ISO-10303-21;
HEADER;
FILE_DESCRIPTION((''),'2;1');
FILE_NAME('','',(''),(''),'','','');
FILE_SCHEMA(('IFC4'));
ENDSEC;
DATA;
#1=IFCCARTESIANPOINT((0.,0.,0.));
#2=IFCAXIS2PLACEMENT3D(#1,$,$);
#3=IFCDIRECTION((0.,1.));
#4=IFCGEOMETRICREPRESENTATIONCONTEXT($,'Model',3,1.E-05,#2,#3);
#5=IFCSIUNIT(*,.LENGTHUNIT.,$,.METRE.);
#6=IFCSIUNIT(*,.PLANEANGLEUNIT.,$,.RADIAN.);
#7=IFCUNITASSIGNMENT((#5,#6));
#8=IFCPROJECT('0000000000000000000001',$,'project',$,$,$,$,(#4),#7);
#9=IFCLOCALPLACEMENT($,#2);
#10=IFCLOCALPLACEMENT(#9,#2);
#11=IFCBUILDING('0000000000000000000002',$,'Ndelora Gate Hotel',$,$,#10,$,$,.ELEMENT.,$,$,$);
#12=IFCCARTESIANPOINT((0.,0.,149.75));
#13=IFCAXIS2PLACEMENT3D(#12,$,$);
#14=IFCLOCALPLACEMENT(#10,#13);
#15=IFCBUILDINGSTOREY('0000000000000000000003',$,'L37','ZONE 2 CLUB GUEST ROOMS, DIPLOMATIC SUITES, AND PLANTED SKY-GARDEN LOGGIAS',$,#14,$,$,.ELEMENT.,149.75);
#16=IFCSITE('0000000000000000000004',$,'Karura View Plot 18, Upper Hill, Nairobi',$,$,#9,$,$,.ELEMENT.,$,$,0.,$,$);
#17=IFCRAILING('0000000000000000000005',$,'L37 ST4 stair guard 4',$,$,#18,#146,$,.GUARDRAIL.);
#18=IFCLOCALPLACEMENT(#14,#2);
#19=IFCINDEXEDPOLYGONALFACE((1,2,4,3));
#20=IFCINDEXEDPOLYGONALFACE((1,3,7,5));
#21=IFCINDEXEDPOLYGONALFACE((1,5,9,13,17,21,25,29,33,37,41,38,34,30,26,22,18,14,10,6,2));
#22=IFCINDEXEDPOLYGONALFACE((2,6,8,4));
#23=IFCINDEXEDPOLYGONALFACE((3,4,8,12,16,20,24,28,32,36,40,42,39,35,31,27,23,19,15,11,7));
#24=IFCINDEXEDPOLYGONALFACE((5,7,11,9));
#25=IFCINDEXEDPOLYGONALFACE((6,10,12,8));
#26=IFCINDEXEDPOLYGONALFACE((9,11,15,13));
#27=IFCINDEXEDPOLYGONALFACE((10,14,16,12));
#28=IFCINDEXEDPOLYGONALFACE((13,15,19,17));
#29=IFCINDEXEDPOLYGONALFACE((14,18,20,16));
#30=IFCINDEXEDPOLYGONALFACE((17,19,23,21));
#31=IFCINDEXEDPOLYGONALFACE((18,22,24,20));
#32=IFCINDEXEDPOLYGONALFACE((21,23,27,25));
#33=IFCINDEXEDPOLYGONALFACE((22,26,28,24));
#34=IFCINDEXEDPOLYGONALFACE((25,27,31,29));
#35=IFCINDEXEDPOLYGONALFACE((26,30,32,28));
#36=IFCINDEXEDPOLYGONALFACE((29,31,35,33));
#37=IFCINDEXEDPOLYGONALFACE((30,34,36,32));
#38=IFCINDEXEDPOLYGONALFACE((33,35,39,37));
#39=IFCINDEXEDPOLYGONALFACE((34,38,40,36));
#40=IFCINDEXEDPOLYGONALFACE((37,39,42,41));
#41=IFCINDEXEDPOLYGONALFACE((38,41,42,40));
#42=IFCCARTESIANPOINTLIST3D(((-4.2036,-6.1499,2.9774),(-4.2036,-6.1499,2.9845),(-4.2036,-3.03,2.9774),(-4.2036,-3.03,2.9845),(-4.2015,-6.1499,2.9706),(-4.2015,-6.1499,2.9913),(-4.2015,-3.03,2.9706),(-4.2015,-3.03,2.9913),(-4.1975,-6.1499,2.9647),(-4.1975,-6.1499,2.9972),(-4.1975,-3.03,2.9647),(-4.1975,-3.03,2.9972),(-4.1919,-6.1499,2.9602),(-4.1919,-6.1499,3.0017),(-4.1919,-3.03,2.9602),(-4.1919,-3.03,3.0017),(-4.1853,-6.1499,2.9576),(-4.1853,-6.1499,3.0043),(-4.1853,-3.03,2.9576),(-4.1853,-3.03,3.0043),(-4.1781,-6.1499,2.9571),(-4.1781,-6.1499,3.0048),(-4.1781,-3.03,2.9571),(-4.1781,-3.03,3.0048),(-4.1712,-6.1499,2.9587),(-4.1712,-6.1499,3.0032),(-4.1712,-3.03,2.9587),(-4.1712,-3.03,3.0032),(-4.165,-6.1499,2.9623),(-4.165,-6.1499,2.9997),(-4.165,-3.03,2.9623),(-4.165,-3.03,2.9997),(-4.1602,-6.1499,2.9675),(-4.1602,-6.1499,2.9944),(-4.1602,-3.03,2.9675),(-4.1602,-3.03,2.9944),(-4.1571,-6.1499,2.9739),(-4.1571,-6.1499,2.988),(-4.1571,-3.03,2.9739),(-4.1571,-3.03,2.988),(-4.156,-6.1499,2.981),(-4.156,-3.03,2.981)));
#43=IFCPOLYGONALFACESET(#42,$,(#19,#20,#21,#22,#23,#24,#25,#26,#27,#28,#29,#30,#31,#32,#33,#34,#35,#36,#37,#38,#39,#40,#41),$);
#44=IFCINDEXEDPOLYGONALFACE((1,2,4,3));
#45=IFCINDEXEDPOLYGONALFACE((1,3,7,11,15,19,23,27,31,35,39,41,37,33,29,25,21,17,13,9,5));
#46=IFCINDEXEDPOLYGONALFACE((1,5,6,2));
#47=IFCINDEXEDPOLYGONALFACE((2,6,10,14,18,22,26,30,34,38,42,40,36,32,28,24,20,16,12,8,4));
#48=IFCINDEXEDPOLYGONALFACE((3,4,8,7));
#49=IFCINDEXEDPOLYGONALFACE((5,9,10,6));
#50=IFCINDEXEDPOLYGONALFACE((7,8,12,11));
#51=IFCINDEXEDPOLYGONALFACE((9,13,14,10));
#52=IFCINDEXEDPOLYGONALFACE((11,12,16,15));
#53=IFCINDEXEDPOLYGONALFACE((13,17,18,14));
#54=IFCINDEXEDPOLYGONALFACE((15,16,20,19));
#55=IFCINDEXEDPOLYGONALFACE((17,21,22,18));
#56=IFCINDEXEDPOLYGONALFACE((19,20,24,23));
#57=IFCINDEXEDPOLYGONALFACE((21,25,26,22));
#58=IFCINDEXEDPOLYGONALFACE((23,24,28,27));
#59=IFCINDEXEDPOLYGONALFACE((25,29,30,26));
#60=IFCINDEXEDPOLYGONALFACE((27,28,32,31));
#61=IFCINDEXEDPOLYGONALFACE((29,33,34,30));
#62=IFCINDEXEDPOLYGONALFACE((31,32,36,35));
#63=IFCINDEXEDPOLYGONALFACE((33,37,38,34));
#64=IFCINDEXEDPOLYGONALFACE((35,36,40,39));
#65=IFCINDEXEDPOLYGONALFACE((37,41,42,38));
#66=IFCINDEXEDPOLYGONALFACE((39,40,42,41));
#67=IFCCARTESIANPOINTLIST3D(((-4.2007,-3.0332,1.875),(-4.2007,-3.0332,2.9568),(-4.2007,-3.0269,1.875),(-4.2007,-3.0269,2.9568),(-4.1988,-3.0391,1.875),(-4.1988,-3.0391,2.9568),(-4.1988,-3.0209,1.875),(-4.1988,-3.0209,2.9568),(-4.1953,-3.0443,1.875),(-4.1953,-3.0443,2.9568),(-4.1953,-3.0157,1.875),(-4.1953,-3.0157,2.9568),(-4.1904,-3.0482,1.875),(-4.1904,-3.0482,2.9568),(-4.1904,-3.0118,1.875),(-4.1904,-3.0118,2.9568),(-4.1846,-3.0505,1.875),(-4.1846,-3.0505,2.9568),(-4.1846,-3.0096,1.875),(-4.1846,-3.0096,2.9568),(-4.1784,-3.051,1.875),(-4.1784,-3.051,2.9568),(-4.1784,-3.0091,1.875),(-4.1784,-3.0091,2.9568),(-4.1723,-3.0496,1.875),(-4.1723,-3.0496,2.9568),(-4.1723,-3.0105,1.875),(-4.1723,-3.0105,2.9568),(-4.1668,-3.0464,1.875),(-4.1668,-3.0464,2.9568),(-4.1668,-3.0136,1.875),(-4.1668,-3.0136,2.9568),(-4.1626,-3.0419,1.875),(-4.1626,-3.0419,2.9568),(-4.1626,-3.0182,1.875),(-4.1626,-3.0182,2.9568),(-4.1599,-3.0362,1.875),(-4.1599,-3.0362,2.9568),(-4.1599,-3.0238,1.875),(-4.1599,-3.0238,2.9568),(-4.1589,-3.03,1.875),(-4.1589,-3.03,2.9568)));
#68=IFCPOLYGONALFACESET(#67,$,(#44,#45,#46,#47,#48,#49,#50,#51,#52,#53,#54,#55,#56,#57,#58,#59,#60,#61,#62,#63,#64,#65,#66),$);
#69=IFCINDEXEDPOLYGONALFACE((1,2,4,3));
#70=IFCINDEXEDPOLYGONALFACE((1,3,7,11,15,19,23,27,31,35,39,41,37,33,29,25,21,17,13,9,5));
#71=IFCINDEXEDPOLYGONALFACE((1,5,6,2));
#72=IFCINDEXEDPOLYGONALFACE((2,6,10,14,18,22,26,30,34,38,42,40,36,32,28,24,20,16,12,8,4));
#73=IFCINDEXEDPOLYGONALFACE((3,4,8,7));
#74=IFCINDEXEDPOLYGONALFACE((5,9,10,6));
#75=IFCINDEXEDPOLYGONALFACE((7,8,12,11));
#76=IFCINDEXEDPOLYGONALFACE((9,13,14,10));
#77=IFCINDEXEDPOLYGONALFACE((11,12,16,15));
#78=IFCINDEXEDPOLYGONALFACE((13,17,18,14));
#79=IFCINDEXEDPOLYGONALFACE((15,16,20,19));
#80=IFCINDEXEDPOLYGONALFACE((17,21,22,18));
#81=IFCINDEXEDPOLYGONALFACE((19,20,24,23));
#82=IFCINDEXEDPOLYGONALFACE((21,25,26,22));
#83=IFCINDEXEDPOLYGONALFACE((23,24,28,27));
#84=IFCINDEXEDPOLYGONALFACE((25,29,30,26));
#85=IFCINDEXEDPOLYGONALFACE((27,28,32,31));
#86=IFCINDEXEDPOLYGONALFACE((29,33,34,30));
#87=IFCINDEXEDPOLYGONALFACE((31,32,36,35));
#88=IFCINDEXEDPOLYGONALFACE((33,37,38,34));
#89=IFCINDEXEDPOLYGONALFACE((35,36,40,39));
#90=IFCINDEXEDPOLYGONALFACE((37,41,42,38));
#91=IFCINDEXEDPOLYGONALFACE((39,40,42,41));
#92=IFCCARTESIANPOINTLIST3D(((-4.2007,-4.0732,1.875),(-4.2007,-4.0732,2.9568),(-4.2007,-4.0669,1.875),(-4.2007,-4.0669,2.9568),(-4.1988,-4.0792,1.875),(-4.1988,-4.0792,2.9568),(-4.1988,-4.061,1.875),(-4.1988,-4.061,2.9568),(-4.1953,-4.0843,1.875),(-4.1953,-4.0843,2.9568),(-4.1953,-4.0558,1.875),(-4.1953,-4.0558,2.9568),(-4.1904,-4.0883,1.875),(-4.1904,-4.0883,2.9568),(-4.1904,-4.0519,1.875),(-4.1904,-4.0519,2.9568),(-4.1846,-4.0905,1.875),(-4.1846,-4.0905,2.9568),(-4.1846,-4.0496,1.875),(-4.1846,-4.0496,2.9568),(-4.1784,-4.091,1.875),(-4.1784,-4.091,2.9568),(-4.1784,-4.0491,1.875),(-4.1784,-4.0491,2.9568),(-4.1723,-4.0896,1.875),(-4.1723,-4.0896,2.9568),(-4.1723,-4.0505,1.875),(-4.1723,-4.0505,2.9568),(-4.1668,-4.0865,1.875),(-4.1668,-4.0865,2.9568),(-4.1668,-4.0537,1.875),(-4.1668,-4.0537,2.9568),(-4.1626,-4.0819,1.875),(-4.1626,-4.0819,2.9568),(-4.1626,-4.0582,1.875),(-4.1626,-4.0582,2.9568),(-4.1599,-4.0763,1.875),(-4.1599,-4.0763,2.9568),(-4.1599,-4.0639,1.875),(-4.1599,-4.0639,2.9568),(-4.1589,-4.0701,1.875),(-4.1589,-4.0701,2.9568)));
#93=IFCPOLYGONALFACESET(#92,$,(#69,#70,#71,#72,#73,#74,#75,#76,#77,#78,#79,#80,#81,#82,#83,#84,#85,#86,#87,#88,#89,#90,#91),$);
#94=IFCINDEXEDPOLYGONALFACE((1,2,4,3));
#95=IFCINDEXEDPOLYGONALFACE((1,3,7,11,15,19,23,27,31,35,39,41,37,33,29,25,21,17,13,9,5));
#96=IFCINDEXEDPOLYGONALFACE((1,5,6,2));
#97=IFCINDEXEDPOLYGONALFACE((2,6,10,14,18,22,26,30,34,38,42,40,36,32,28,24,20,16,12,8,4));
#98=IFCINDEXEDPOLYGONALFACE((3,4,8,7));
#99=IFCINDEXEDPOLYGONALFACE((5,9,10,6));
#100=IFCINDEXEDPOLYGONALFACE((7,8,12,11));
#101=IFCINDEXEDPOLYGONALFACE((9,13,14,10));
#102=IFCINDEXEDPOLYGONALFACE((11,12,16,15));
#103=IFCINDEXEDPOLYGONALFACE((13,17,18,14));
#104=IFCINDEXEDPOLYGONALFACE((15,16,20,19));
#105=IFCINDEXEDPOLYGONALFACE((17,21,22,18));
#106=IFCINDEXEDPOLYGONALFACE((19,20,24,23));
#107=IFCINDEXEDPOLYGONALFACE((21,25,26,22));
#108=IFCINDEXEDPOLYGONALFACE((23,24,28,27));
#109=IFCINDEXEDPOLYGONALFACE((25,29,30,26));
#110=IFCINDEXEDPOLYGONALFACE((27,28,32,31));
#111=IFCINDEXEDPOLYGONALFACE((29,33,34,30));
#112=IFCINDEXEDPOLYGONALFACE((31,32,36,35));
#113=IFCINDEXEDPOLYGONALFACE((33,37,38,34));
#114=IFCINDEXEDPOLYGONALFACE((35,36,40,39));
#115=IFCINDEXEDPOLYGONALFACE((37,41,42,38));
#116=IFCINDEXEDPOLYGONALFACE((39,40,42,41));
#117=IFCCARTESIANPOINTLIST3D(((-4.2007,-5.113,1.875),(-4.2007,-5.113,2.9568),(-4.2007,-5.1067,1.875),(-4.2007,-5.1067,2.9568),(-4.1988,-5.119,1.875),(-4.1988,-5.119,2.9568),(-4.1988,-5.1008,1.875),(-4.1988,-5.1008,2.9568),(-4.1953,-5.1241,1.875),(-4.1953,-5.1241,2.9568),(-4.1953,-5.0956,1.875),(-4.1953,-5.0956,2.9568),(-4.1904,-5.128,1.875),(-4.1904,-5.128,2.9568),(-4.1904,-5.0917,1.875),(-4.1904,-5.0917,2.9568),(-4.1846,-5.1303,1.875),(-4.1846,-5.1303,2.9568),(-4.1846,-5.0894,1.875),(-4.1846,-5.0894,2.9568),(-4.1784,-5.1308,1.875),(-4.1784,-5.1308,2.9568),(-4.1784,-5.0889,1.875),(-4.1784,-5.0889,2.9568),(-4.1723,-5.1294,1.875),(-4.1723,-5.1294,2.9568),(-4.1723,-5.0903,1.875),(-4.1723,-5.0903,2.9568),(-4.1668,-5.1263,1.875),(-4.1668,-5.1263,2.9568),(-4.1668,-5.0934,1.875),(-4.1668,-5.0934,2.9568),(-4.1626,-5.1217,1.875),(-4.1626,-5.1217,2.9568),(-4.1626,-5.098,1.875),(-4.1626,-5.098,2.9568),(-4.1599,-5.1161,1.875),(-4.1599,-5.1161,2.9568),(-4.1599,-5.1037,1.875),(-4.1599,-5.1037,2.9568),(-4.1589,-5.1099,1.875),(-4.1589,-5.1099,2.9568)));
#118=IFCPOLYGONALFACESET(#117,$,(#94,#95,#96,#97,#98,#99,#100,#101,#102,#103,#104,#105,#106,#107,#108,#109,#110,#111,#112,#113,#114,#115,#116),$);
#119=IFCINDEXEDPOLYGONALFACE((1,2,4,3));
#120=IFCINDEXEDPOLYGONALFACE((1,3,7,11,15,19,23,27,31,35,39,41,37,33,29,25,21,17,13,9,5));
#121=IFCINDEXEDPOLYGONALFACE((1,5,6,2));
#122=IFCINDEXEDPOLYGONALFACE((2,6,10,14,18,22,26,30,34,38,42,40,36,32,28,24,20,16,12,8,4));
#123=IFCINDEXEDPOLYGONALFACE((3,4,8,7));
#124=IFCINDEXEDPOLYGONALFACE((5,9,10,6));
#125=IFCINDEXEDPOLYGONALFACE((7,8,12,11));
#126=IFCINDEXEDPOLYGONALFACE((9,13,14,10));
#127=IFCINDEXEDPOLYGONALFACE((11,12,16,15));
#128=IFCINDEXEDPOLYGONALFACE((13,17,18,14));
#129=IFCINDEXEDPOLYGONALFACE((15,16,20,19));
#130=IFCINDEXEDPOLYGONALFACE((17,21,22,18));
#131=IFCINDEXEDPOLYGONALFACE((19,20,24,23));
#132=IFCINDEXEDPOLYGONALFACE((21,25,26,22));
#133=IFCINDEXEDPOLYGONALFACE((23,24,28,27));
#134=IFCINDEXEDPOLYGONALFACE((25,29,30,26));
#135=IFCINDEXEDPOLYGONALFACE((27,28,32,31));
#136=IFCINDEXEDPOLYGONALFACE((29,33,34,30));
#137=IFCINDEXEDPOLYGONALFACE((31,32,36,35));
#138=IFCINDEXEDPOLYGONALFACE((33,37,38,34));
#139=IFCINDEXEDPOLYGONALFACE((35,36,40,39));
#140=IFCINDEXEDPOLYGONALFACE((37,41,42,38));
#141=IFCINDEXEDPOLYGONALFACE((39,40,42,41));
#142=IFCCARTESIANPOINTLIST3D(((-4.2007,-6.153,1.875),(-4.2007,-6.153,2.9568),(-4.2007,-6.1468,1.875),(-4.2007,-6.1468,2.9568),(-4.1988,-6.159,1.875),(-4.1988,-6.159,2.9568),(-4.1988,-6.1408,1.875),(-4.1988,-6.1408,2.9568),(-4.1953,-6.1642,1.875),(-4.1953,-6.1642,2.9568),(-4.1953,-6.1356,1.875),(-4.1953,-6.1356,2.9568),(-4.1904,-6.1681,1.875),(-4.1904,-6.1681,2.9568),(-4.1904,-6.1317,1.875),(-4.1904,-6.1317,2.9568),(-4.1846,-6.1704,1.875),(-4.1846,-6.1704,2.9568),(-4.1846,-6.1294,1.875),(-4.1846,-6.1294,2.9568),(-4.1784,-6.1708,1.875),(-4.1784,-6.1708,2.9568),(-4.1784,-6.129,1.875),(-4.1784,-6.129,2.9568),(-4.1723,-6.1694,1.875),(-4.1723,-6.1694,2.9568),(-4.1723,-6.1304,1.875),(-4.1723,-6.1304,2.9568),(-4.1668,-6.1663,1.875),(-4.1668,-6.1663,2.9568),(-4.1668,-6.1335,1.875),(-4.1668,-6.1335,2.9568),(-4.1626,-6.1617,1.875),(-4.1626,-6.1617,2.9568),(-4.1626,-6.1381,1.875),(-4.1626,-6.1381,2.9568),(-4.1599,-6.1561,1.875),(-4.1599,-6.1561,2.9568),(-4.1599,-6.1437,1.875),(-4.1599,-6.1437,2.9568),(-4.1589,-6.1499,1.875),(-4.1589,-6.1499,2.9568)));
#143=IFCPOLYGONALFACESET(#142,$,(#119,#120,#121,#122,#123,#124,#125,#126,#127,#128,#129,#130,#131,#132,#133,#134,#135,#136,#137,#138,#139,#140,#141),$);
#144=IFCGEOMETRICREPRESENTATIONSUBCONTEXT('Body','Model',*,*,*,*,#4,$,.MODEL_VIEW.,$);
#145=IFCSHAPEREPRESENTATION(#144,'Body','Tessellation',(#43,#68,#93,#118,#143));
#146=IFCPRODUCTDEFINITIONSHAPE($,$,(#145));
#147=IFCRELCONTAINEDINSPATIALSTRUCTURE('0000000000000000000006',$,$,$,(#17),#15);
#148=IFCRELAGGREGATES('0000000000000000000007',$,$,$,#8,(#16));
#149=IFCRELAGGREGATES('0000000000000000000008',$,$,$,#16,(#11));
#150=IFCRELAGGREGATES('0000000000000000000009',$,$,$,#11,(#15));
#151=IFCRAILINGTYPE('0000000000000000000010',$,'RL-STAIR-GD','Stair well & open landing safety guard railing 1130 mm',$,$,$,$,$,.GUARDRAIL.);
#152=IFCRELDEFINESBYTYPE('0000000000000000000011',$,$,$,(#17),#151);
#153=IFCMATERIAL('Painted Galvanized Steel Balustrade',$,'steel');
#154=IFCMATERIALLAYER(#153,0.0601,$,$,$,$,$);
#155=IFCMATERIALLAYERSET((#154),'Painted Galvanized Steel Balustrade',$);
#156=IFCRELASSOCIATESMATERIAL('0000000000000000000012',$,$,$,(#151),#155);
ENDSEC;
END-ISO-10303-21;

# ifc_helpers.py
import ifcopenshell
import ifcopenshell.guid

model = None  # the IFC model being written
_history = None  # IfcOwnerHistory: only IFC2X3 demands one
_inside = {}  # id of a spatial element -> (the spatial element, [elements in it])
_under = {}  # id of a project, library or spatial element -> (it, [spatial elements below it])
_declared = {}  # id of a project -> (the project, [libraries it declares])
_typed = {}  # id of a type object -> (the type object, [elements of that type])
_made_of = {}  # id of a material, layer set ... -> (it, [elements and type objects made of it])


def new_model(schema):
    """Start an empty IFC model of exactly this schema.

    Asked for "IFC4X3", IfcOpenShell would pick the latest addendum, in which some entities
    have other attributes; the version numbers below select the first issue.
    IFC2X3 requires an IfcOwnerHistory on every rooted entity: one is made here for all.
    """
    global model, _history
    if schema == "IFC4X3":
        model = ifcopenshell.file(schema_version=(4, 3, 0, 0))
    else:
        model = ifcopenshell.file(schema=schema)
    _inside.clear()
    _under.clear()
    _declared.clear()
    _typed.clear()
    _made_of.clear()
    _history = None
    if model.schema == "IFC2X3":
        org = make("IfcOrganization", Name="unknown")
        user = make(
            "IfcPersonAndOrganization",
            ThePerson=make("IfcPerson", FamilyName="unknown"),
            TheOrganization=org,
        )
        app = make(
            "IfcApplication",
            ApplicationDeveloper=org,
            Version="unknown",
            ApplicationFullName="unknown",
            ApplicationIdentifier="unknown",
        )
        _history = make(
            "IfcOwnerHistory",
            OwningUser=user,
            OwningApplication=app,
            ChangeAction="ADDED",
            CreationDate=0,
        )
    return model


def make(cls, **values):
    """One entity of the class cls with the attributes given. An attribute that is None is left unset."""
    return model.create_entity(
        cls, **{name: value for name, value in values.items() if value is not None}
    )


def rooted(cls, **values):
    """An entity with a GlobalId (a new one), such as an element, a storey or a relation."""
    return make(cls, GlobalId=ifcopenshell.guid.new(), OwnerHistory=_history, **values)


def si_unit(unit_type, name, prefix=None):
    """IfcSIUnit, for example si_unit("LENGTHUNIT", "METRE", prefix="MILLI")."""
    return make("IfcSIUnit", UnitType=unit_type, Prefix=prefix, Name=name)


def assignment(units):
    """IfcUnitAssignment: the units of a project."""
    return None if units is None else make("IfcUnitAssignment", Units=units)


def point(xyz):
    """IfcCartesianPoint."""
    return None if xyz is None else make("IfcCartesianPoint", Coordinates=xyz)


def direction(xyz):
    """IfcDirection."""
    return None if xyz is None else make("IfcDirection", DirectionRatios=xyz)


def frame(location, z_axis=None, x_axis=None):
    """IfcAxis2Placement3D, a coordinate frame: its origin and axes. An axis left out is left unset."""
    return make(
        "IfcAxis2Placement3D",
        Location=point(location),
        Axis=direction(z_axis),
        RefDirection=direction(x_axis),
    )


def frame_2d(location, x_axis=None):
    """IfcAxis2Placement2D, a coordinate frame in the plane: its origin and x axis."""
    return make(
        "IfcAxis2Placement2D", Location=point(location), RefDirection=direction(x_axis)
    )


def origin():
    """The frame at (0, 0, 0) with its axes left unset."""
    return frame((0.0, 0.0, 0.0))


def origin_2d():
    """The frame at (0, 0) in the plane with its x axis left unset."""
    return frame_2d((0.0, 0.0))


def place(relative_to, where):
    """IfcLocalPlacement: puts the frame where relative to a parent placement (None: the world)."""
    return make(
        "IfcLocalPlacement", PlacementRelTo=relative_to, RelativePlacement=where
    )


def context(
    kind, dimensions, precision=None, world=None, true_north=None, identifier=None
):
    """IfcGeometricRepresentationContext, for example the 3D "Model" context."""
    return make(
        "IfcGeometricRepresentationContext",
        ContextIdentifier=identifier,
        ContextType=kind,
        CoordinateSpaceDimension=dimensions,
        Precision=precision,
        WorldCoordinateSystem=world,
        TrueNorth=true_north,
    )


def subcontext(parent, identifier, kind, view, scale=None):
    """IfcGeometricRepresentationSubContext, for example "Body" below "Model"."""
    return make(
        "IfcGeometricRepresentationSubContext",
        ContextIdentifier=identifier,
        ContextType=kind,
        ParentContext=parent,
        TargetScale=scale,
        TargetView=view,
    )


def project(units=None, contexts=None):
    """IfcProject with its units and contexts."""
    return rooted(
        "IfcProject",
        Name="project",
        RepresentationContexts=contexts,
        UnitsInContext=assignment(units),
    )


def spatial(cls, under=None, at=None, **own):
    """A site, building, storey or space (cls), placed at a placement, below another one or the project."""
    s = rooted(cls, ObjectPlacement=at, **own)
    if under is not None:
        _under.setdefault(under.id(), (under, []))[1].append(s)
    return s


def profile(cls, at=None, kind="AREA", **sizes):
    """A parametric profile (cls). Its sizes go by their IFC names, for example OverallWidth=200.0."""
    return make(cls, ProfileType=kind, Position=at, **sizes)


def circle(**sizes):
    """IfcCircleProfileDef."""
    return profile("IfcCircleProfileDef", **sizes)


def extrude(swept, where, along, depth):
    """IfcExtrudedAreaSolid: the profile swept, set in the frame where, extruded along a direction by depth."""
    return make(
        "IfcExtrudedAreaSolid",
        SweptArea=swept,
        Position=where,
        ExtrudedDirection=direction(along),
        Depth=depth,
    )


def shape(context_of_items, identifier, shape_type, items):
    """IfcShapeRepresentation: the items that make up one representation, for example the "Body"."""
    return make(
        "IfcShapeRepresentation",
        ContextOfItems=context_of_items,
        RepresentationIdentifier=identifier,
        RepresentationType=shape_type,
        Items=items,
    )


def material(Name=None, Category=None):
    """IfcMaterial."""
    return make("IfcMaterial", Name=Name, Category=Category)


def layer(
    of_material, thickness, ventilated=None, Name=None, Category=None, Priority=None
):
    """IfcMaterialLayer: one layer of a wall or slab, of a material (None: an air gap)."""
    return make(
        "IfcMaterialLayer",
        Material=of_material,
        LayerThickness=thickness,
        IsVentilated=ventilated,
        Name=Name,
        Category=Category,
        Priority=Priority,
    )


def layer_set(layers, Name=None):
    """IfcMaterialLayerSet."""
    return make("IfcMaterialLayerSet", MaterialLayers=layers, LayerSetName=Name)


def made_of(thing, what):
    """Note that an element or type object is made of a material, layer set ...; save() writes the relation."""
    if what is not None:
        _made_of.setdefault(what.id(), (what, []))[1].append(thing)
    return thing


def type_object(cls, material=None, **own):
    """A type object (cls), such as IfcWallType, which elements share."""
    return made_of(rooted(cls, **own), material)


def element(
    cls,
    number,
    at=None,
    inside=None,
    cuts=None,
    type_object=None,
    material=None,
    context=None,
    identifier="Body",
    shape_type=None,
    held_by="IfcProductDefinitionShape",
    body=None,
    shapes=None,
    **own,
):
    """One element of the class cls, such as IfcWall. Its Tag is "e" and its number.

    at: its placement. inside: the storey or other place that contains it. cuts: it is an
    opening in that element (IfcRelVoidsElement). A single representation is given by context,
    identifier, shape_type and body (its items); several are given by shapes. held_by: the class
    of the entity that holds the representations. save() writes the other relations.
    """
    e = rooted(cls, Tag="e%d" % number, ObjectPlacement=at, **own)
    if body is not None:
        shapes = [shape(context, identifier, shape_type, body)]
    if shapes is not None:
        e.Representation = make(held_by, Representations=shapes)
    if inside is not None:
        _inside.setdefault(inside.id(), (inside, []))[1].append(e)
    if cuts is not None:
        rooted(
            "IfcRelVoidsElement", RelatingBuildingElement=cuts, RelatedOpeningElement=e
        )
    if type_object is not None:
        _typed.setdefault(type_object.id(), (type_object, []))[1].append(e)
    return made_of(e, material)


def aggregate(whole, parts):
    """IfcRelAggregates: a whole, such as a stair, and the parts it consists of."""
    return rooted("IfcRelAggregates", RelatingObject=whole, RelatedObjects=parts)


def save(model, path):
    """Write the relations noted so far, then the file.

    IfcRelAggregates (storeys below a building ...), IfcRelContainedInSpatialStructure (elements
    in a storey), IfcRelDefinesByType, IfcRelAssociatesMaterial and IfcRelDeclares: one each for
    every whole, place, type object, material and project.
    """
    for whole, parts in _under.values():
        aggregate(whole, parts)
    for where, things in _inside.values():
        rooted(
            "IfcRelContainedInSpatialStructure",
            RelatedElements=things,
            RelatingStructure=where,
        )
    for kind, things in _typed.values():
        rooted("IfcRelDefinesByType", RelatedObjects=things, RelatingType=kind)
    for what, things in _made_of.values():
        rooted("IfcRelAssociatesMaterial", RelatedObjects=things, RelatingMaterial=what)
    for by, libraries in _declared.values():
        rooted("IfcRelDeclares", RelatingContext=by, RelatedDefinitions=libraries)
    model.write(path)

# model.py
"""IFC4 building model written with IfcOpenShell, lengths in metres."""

from ifc_helpers import new_model, si_unit, direction, frame, origin, origin_2d, place, context, subcontext, project, spatial, circle, extrude, material, layer, layer_set, type_object, element, save


model = new_model("IFC4")

# Units and contexts
model_context = context("Model", 3, precision=1e-05, world=origin(), true_north=direction((0.0, 1.0)))
body_context = subcontext(model_context, "Body", "Model", "MODEL_VIEW")
ifc_project = project(units=[si_unit("LENGTHUNIT", "METRE"), si_unit("PLANEANGLEUNIT", "RADIAN")], contexts=[model_context])

# Site, building, storey
site_placement = place(None, origin())
site = spatial("IfcSite", under=ifc_project, at=site_placement, Name="Karura View Plot 18, Upper Hill, Nairobi", CompositionType="ELEMENT", RefElevation=0.0)
building_placement = place(site_placement, origin())
building = spatial("IfcBuilding", under=site, at=building_placement, Name="Ndelora Gate Hotel", CompositionType="ELEMENT")
storey_placement = place(building_placement, frame((0.0, 0.0, 149.75)))
storey = spatial("IfcBuildingStorey", under=building, at=storey_placement, Name="L37", Description="ZONE 2 CLUB GUEST ROOMS, DIPLOMATIC SUITES, AND PLANTED SKY-GARDEN LOGGIAS", CompositionType="ELEMENT", Elevation=149.75)

# Railing
ifc_material_1 = material(Name="Painted Galvanized Steel Balustrade", Category="steel")
ifc_layer_1 = layer(ifc_material_1, 0.0601)
ifc_layer_set_1 = layer_set([ifc_layer_1], Name="Painted Galvanized Steel Balustrade")
railing_type_1 = type_object("IfcRailingType", Name="RL-STAIR-GD", Description="Stair well & open landing safety guard railing 1130 mm", PredefinedType="GUARDRAIL", material=ifc_layer_set_1)
for number, where, name in (
    (1, (-4.1799, -3.03, 1.875), "L37 ST4 stair guard 4"),
):
    element("IfcRailing", number, at=place(storey_placement, frame(where)), inside=storey, type_object=railing_type_1, Name=name, PredefinedType="GUARDRAIL", context=body_context, shape_type="SweptSolid", body=[
        extrude(circle(Radius=0.0239, at=origin_2d()), frame((0.0, 0.0, 1.106), z_axis=(0.0, -1.0, 0.0), x_axis=(1.0, 0.0, 0.0)), (0.0, 0.0, 1.0), 3.1199),
        extrude(circle(Radius=0.021, at=origin_2d()), origin(), (0.0, 0.0, 1.0), 1.0818),
        extrude(circle(Radius=0.021, at=origin_2d()), frame((0.0, -1.04, 0.0)), (0.0, 0.0, 1.0), 1.0818),
        extrude(circle(Radius=0.021, at=origin_2d()), frame((0.0, -2.0798, 0.0)), (0.0, 0.0, 1.0), 1.0818),
        extrude(circle(Radius=0.021, at=origin_2d()), frame((0.0, -3.1199, 0.0)), (0.0, 0.0, 1.0), 1.0818),
    ])

save(model, "model.ifc")
